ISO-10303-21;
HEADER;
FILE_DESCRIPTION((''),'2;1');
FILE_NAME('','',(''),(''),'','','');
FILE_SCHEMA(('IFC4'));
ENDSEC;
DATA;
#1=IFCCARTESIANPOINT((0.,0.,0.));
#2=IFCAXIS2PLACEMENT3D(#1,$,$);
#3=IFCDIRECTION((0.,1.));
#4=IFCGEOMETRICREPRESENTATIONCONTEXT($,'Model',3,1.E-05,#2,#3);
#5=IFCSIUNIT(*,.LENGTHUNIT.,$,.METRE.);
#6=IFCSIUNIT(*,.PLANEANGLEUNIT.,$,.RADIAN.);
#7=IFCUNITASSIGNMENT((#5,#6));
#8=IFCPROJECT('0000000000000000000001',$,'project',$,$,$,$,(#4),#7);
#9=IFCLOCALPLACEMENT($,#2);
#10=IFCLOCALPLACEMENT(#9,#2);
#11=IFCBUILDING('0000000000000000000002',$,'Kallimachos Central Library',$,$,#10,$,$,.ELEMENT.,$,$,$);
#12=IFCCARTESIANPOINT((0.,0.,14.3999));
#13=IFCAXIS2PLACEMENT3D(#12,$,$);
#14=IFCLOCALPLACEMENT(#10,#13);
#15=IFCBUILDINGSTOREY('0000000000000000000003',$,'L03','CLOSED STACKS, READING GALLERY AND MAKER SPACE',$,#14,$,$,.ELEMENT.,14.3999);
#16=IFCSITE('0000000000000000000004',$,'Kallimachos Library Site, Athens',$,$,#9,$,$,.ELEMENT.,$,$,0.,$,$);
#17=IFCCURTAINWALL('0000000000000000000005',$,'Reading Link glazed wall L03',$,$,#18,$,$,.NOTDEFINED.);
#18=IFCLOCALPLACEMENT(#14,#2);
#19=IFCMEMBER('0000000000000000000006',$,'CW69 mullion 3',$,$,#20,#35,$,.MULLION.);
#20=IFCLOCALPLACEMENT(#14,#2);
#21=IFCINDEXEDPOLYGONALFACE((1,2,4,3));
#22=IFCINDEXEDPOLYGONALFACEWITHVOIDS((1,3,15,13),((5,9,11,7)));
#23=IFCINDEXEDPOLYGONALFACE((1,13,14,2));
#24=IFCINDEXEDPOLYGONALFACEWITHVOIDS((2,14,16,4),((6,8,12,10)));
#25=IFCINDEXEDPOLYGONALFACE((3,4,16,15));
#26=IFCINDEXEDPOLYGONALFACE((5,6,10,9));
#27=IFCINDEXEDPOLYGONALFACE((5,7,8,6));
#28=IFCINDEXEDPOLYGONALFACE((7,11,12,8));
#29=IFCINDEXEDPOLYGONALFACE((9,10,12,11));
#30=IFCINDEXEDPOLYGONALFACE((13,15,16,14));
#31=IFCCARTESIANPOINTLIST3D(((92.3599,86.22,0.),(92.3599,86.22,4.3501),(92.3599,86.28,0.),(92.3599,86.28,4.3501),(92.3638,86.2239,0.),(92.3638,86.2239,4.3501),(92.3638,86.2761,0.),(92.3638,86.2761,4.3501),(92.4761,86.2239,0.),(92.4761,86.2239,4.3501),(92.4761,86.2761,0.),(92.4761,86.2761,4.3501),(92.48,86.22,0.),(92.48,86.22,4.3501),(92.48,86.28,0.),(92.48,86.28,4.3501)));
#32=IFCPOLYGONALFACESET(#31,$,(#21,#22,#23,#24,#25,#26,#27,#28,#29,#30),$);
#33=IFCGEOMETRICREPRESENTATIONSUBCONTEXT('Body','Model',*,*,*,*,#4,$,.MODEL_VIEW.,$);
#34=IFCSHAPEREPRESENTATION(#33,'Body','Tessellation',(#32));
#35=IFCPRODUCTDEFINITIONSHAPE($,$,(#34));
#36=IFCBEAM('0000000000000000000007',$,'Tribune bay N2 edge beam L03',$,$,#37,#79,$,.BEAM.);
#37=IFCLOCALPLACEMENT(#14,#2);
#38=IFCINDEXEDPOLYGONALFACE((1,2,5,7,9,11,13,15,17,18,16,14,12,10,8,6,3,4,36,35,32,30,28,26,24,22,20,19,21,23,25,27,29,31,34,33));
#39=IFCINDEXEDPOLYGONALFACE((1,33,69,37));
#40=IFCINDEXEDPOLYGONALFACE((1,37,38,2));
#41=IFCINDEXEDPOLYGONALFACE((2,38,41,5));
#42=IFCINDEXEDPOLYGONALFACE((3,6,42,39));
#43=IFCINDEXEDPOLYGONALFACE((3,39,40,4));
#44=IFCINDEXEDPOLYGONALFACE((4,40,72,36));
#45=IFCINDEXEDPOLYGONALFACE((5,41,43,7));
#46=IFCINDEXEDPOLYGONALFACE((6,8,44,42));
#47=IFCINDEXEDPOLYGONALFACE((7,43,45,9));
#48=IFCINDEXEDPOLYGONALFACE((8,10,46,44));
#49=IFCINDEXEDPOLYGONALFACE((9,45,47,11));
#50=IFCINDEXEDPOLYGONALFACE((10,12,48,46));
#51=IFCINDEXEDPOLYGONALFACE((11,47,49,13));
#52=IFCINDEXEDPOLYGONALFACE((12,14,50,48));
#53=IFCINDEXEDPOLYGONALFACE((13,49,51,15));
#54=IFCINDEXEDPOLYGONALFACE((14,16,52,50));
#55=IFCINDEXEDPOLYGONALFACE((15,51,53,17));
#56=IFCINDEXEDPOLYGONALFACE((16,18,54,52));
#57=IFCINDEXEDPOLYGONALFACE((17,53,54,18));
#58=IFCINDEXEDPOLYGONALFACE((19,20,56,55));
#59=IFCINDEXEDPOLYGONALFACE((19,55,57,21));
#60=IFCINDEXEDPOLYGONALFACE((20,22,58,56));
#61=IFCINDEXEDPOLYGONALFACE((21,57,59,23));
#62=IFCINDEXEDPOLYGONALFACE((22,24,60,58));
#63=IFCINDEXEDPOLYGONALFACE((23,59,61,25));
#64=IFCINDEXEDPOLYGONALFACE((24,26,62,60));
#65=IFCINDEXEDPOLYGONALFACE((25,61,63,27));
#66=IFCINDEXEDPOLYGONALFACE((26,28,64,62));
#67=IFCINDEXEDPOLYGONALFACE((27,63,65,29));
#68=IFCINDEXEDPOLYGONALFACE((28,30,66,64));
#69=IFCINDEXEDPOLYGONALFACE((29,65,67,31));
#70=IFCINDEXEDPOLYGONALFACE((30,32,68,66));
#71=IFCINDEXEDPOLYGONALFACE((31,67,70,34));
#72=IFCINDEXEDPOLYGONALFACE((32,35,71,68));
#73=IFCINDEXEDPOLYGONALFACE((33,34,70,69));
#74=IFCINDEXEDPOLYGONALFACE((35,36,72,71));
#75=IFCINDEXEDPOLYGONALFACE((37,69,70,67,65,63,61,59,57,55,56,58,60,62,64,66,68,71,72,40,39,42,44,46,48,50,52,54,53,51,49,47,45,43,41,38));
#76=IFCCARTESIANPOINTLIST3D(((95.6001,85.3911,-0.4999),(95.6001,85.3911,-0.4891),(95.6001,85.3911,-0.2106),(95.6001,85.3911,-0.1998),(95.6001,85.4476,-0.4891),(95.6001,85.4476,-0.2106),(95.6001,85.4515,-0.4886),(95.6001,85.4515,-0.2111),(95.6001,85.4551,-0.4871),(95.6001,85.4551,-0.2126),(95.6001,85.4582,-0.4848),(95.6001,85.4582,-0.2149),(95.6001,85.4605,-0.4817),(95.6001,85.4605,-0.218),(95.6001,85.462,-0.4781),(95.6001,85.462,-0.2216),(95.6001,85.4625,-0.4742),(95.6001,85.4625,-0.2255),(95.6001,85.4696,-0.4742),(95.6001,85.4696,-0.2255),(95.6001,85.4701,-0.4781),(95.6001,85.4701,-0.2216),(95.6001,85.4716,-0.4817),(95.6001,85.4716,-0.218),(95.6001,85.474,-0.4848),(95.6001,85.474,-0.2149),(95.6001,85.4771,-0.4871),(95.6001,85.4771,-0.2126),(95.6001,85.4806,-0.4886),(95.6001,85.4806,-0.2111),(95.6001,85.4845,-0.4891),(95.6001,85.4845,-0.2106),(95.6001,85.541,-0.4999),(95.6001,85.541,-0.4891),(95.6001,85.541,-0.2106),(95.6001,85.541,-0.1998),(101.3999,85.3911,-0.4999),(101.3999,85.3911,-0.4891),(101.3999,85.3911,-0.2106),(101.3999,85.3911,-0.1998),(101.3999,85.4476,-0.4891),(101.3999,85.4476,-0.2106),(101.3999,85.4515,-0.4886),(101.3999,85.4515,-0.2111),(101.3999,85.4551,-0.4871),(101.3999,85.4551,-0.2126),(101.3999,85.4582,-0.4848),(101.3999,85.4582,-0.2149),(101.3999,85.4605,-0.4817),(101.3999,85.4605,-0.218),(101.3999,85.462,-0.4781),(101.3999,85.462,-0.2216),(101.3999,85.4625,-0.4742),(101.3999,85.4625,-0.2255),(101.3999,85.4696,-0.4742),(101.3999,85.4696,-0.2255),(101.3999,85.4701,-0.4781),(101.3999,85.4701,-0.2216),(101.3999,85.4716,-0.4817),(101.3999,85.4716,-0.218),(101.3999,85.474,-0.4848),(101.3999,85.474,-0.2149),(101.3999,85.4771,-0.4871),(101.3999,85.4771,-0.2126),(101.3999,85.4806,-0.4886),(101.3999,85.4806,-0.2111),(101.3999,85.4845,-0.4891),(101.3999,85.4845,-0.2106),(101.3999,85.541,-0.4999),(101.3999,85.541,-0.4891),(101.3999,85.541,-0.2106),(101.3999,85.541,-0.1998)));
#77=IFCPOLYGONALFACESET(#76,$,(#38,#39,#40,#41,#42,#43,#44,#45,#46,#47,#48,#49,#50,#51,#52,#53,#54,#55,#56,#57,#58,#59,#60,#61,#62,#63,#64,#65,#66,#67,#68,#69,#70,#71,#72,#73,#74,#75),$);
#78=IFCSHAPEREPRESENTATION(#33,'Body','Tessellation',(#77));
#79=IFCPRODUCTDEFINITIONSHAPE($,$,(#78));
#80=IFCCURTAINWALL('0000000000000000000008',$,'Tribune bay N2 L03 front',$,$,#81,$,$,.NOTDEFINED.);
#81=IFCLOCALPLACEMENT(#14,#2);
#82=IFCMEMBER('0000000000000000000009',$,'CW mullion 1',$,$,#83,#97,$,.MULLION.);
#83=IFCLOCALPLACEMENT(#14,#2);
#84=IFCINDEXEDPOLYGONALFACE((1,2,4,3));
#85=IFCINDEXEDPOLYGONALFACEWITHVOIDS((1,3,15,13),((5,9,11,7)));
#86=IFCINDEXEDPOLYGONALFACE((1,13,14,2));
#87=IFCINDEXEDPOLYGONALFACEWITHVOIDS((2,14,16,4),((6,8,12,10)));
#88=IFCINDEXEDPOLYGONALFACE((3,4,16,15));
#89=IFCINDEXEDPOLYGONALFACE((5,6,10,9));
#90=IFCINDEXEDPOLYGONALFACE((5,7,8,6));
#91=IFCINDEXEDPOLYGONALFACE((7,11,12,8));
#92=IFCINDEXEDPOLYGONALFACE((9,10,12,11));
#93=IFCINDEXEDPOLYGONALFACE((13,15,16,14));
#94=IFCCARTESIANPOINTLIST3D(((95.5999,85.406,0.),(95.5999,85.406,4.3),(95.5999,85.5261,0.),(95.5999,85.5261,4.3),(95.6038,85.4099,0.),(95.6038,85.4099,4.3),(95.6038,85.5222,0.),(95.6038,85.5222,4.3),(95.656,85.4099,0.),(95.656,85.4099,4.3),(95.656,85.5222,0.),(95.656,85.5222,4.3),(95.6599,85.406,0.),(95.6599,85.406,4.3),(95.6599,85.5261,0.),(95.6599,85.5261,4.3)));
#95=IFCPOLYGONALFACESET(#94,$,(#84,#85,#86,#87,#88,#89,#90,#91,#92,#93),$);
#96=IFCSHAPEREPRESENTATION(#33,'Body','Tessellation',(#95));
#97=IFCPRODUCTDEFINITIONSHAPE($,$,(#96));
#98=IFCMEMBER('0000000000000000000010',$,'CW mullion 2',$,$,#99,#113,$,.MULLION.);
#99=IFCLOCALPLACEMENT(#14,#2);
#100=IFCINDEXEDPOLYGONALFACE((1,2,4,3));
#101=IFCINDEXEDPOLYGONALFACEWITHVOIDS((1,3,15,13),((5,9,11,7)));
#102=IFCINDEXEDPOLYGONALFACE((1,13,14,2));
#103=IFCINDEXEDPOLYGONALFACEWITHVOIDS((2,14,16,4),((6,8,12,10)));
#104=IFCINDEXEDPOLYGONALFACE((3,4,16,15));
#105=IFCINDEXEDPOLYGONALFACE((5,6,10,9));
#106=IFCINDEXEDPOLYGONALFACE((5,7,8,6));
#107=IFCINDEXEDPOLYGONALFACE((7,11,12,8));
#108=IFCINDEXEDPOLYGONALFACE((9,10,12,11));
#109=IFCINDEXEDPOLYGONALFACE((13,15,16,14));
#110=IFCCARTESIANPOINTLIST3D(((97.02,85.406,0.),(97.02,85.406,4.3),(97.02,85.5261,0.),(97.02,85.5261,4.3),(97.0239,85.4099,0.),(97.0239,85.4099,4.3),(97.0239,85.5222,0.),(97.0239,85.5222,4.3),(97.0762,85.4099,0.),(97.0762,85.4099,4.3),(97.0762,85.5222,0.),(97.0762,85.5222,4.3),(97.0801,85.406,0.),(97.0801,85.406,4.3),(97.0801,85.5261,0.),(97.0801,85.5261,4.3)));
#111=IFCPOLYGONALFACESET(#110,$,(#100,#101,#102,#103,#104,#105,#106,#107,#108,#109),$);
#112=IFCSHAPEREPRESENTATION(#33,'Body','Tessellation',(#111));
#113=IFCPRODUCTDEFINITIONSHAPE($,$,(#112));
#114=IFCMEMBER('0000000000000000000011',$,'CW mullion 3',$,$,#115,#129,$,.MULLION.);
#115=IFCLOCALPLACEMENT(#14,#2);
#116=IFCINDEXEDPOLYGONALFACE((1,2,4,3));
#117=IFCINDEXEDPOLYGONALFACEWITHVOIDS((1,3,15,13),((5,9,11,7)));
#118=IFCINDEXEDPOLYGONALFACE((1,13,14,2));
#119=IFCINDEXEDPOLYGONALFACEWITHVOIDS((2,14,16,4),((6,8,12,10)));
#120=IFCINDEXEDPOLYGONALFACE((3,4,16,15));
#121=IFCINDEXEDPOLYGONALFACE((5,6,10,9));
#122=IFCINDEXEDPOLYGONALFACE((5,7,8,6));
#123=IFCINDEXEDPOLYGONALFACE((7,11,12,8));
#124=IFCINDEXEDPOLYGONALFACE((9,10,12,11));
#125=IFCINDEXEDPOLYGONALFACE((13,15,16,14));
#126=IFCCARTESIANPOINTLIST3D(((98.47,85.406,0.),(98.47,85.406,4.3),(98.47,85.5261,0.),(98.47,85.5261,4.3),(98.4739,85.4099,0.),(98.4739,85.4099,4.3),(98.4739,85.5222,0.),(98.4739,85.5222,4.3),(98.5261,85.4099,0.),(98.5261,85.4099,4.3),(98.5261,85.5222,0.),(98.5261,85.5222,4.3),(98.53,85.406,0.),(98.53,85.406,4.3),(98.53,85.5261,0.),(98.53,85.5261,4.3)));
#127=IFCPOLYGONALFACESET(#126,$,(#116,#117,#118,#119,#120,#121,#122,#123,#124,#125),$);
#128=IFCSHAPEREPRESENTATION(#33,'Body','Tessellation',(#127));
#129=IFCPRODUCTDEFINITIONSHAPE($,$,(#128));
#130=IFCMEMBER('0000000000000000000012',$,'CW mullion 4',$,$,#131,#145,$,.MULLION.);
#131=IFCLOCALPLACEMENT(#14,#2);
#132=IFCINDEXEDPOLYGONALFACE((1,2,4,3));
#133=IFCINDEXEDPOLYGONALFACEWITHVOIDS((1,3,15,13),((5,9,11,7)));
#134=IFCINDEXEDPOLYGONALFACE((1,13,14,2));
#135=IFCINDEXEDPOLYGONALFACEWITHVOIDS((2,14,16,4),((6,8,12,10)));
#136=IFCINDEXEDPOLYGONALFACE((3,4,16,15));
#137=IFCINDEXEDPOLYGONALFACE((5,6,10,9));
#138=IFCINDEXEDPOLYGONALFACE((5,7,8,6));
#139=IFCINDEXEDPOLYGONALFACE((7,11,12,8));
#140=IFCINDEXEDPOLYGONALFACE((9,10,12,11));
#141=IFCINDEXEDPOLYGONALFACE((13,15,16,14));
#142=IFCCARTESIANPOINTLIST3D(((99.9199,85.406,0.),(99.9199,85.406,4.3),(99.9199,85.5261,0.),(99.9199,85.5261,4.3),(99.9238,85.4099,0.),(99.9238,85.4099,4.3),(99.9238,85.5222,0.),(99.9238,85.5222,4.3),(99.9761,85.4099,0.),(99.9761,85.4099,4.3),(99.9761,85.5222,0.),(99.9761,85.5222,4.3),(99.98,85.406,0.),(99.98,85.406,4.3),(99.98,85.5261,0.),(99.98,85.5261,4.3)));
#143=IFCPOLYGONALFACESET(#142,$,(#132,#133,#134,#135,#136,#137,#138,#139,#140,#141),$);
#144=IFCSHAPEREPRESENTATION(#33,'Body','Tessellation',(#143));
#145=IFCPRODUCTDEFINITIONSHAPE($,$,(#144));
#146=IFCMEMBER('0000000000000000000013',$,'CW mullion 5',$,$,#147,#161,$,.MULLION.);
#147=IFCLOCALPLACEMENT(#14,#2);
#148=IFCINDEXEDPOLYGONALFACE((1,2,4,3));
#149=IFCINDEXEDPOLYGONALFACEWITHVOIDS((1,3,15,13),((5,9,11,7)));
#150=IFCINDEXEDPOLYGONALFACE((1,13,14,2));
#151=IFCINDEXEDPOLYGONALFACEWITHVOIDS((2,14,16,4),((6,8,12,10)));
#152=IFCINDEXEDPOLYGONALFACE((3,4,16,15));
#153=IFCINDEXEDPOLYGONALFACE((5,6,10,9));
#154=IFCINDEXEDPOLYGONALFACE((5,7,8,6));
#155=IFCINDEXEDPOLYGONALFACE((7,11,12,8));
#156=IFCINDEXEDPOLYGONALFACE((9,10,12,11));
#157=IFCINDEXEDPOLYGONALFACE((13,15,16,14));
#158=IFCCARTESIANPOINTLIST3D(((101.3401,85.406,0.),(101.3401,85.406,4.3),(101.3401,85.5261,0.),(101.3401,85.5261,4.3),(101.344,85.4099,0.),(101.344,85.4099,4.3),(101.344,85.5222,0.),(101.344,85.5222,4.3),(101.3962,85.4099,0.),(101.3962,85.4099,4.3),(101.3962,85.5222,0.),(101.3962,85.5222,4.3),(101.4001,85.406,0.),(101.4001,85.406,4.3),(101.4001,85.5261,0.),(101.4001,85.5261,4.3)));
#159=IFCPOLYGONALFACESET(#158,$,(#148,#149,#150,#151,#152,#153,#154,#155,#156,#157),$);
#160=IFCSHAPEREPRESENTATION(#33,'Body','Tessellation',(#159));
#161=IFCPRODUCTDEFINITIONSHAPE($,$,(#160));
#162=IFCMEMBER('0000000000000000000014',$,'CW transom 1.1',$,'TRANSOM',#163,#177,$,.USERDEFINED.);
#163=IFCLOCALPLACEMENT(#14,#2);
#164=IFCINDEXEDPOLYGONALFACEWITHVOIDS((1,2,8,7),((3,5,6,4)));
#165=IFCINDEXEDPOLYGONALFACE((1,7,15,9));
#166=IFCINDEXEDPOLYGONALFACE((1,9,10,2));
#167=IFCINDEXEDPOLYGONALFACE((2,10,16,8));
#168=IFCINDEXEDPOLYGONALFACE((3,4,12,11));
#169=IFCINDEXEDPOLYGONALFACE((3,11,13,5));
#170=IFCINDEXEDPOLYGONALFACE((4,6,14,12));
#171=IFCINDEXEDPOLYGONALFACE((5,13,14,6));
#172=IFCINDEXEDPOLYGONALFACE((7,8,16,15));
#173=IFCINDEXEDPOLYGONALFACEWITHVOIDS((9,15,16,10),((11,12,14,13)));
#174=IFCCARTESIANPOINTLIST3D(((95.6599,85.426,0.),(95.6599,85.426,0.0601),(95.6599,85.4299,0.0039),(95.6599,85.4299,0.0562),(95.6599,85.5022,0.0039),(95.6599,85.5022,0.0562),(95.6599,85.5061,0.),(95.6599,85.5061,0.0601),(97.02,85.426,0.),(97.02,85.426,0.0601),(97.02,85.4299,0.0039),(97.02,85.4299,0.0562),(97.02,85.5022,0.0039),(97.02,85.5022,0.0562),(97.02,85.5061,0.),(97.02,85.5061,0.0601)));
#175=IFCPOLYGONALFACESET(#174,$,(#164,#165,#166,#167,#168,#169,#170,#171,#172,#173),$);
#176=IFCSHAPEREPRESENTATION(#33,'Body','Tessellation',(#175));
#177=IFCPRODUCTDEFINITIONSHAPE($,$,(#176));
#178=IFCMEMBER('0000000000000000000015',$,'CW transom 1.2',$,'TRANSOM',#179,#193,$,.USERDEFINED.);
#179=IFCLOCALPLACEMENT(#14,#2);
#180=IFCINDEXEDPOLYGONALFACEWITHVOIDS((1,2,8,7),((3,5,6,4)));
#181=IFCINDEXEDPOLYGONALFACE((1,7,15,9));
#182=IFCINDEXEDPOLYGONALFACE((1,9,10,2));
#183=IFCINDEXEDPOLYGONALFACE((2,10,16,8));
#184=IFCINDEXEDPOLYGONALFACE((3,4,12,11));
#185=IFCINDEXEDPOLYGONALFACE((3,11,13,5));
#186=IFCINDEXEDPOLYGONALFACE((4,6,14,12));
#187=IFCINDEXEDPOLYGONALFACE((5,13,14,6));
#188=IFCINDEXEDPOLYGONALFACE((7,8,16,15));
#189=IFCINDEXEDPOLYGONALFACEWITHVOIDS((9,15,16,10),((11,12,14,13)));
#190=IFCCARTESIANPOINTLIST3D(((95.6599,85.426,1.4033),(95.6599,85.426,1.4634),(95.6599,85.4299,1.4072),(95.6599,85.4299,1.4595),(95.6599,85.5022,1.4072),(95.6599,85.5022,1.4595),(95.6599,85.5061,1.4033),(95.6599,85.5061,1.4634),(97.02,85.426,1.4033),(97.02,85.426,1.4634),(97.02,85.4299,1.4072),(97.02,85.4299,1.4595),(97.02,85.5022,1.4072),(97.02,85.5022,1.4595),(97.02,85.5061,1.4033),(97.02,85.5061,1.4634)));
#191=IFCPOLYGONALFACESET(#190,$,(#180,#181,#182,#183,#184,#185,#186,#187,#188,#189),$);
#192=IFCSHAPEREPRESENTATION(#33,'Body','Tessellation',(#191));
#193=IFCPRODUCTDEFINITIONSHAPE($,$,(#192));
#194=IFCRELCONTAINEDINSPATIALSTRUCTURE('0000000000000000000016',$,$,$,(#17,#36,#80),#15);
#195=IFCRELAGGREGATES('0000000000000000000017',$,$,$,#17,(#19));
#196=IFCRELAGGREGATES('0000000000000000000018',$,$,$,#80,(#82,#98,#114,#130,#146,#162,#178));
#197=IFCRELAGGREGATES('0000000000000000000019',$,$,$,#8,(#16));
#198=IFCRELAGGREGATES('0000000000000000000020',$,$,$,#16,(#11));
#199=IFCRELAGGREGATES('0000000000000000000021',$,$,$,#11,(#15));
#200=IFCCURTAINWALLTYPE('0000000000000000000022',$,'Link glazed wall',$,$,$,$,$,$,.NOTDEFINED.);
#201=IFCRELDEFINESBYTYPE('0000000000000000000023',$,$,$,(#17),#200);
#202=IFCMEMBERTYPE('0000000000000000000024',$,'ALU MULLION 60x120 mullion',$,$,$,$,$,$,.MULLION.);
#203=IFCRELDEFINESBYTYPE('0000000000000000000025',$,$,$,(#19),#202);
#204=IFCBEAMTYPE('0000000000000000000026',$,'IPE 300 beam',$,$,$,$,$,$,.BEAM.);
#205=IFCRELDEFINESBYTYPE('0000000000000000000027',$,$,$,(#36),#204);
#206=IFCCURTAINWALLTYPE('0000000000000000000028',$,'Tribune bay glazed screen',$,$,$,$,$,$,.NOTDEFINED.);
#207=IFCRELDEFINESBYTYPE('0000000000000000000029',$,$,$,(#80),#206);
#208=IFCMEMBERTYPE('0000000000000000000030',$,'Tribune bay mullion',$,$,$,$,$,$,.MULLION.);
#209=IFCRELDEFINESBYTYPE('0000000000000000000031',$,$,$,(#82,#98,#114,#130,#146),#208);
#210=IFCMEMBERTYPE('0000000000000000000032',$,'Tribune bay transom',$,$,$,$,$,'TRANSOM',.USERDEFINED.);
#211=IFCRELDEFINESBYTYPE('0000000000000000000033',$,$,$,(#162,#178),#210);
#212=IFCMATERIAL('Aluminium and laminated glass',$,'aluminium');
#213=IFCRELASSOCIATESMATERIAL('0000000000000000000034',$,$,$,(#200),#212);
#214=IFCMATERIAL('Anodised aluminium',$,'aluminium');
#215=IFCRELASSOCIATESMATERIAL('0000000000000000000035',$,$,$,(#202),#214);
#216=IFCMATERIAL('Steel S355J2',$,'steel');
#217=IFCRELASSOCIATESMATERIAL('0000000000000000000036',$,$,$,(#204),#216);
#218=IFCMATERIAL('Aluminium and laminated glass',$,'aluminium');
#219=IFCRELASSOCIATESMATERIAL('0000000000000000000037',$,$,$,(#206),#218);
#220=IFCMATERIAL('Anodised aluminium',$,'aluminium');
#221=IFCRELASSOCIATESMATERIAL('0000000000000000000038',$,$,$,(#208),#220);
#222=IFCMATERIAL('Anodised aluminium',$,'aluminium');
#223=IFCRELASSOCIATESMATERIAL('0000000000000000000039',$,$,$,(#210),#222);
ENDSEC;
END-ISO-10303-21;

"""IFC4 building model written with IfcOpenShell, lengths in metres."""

from ifc_helpers import new_model, si_unit, direction, frame, origin, origin_2d, place, context, subcontext, project, spatial, hollow_rectangle, i_section, extrude, material, material_profile, profile_set, type_object, element, aggregate, save


model = new_model("IFC4")

# Units and contexts
model_context = context("Model", 3, precision=1e-05, world=origin(), true_north=direction((0.0, 1.0)))
body_context = subcontext(model_context, "Body", "Model", "MODEL_VIEW")
ifc_project = project(units=[si_unit("LENGTHUNIT", "METRE"), si_unit("PLANEANGLEUNIT", "RADIAN")], contexts=[model_context])

# Site, building, storey
site_placement = place(None, origin())
site = spatial("IfcSite", under=ifc_project, at=site_placement, Name="Kallimachos Library Site, Athens", CompositionType="ELEMENT", RefElevation=0.0)
building_placement = place(site_placement, origin())
building = spatial("IfcBuilding", under=site, at=building_placement, Name="Kallimachos Central Library", CompositionType="ELEMENT")
storey_placement = place(building_placement, frame((0.0, 0.0, 14.3999)))
storey = spatial("IfcBuildingStorey", under=building, at=storey_placement, Name="L03", Description="CLOSED STACKS, READING GALLERY AND MAKER SPACE", CompositionType="ELEMENT", Elevation=14.3999)

# Curtain wall, member
ifc_material_1 = material(Name="Aluminium and laminated glass", Category="aluminium")
curtain_wall_type_1 = type_object("IfcCurtainWallType", Name="Link glazed wall", PredefinedType="NOTDEFINED", material=ifc_material_1)
curtain_wall_1_placement = place(storey_placement, origin())
curtain_wall_1 = element("IfcCurtainWall", 1, at=curtain_wall_1_placement, inside=storey, type_object=curtain_wall_type_1, Name="Reading Link glazed wall L03", PredefinedType="NOTDEFINED")
ifc_material_2 = material(Name="Anodised aluminium", Category="aluminium")
ifc_material_profile_1 = material_profile(ifc_material_2, hollow_rectangle(XDim=0.0601, YDim=0.1201, WallThickness=0.0039, at=origin_2d()), Name="ALU MULLION 60x120")
ifc_profile_set_1 = profile_set([ifc_material_profile_1], Name="Anodised aluminium")
member_type_1 = type_object("IfcMemberType", Name="ALU MULLION 60x120 mullion", PredefinedType="MULLION", material=ifc_profile_set_1)
member_1_placement = place(storey_placement, frame((92.4199, 86.25, 0.0), z_axis=(0.0, 0.0, 1.0), x_axis=(0.0, 1.0, 0.0)))
member_1 = element("IfcMember", 2, at=member_1_placement, type_object=member_type_1, Name="CW69 mullion 3", PredefinedType="MULLION", context=body_context, shape_type="SweptSolid", body=[
    extrude(hollow_rectangle(XDim=0.0601, YDim=0.1201, WallThickness=0.0039, at=origin_2d()), origin(), (0.0, 0.0, 1.0), 4.3501),
])

# Beam
ifc_material_3 = material(Name="Steel S355J2", Category="steel")
ifc_material_profile_2 = material_profile(ifc_material_3, i_section(OverallWidth=0.1499, OverallDepth=0.3, WebThickness=0.0071, FlangeThickness=0.0107, FilletRadius=0.0149, at=origin_2d()), Name="IPE 300")
ifc_profile_set_2 = profile_set([ifc_material_profile_2], Name="Steel S355J2")
beam_type = type_object("IfcBeamType", Name="IPE 300 beam", PredefinedType="BEAM", material=ifc_profile_set_2)
beam_placement = place(storey_placement, frame((95.6001, 85.4661, -0.3499), z_axis=(1.0, 0.0, 0.0), x_axis=(0.0, 1.0, 0.0)))
element("IfcBeam", 3, at=beam_placement, inside=storey, type_object=beam_type, Name="Tribune bay N2 edge beam L03", PredefinedType="BEAM", context=body_context, shape_type="SweptSolid", body=[
    extrude(i_section(OverallWidth=0.1499, OverallDepth=0.3, WebThickness=0.0071, FlangeThickness=0.0107, FilletRadius=0.0149, at=origin_2d()), origin(), (0.0, 0.0, 1.0), 5.7998),
])

# Curtain wall, members
ifc_material_4 = material(Name="Aluminium and laminated glass", Category="aluminium")
curtain_wall_type_2 = type_object("IfcCurtainWallType", Name="Tribune bay glazed screen", PredefinedType="NOTDEFINED", material=ifc_material_4)
curtain_wall_2_placement = place(storey_placement, origin())
curtain_wall_2 = element("IfcCurtainWall", 4, at=curtain_wall_2_placement, inside=storey, type_object=curtain_wall_type_2, Name="Tribune bay N2 L03 front", PredefinedType="NOTDEFINED")
ifc_material_5 = material(Name="Anodised aluminium", Category="aluminium")
ifc_material_profile_3 = material_profile(ifc_material_5, hollow_rectangle(XDim=0.0601, YDim=0.1201, WallThickness=0.0039, at=origin_2d()), Name="ALU MULLION 60x120")
ifc_profile_set_3 = profile_set([ifc_material_profile_3], Name="Anodised aluminium")
member_type_2 = type_object("IfcMemberType", Name="Tribune bay mullion", PredefinedType="MULLION", material=ifc_profile_set_3)
member_2_placement = place(storey_placement, frame((95.6299, 85.4661, 0.0), z_axis=(0.0, 0.0, 1.0), x_axis=(1.0, 0.0, 0.0)))
member_2 = element("IfcMember", 5, at=member_2_placement, type_object=member_type_2, Name="CW mullion 1", PredefinedType="MULLION", context=body_context, shape_type="SweptSolid", body=[
    extrude(hollow_rectangle(XDim=0.0601, YDim=0.1201, WallThickness=0.0039, at=origin_2d()), origin(), (0.0, 0.0, 1.0), 4.3),
])
member_3_placement = place(storey_placement, frame((97.05, 85.4661, 0.0), z_axis=(0.0, 0.0, 1.0), x_axis=(1.0, 0.0, 0.0)))
member_3 = element("IfcMember", 6, at=member_3_placement, type_object=member_type_2, Name="CW mullion 2", PredefinedType="MULLION", context=body_context, shape_type="SweptSolid", body=[
    extrude(hollow_rectangle(XDim=0.0601, YDim=0.1201, WallThickness=0.0039, at=origin_2d()), origin(), (0.0, 0.0, 1.0), 4.3),
])
member_4_placement = place(storey_placement, frame((98.5, 85.4661, 0.0), z_axis=(0.0, 0.0, 1.0), x_axis=(1.0, 0.0, 0.0)))
member_4 = element("IfcMember", 7, at=member_4_placement, type_object=member_type_2, Name="CW mullion 3", PredefinedType="MULLION", context=body_context, shape_type="SweptSolid", body=[
    extrude(hollow_rectangle(XDim=0.0601, YDim=0.1201, WallThickness=0.0039, at=origin_2d()), origin(), (0.0, 0.0, 1.0), 4.3),
])
member_5_placement = place(storey_placement, frame((99.95, 85.4661, 0.0), z_axis=(0.0, 0.0, 1.0), x_axis=(1.0, 0.0, 0.0)))
member_5 = element("IfcMember", 8, at=member_5_placement, type_object=member_type_2, Name="CW mullion 4", PredefinedType="MULLION", context=body_context, shape_type="SweptSolid", body=[
    extrude(hollow_rectangle(XDim=0.0601, YDim=0.1201, WallThickness=0.0039, at=origin_2d()), origin(), (0.0, 0.0, 1.0), 4.3),
])
member_6_placement = place(storey_placement, frame((101.3701, 85.4661, 0.0), z_axis=(0.0, 0.0, 1.0), x_axis=(1.0, 0.0, 0.0)))
member_6 = element("IfcMember", 9, at=member_6_placement, type_object=member_type_2, Name="CW mullion 5", PredefinedType="MULLION", context=body_context, shape_type="SweptSolid", body=[
    extrude(hollow_rectangle(XDim=0.0601, YDim=0.1201, WallThickness=0.0039, at=origin_2d()), origin(), (0.0, 0.0, 1.0), 4.3),
])
ifc_material_6 = material(Name="Anodised aluminium", Category="aluminium")
ifc_material_profile_4 = material_profile(ifc_material_6, hollow_rectangle(XDim=0.0601, YDim=0.0801, WallThickness=0.0039, at=origin_2d()), Name="ALU TRANSOM 60x80")
ifc_profile_set_4 = profile_set([ifc_material_profile_4], Name="Anodised aluminium")
member_type_3 = type_object("IfcMemberType", Name="Tribune bay transom", ElementType="TRANSOM", PredefinedType="USERDEFINED", material=ifc_profile_set_4)
member_7_placement = place(storey_placement, frame((95.6599, 85.4661, 0.03), z_axis=(1.0, 0.0, 0.0), x_axis=(0.0, 0.0, 1.0)))
member_7 = element("IfcMember", 10, at=member_7_placement, type_object=member_type_3, Name="CW transom 1.1", ObjectType="TRANSOM", PredefinedType="USERDEFINED", context=body_context, shape_type="SweptSolid", body=[
    extrude(hollow_rectangle(XDim=0.0601, YDim=0.0801, WallThickness=0.0039, at=origin_2d()), origin(), (0.0, 0.0, 1.0), 1.3601),
])
member_8_placement = place(storey_placement, frame((95.6599, 85.4661, 1.4333), z_axis=(1.0, 0.0, 0.0), x_axis=(0.0, 0.0, 1.0)))
member_8 = element("IfcMember", 11, at=member_8_placement, type_object=member_type_3, Name="CW transom 1.2", ObjectType="TRANSOM", PredefinedType="USERDEFINED", context=body_context, shape_type="SweptSolid", body=[
    extrude(hollow_rectangle(XDim=0.0601, YDim=0.0801, WallThickness=0.0039, at=origin_2d()), origin(), (0.0, 0.0, 1.0), 1.3601),
])

aggregate(curtain_wall_1, [member_1])
aggregate(curtain_wall_2, [member_2, member_3, member_4, member_5, member_6, member_7, member_8])

save(model, "model.ifc")
